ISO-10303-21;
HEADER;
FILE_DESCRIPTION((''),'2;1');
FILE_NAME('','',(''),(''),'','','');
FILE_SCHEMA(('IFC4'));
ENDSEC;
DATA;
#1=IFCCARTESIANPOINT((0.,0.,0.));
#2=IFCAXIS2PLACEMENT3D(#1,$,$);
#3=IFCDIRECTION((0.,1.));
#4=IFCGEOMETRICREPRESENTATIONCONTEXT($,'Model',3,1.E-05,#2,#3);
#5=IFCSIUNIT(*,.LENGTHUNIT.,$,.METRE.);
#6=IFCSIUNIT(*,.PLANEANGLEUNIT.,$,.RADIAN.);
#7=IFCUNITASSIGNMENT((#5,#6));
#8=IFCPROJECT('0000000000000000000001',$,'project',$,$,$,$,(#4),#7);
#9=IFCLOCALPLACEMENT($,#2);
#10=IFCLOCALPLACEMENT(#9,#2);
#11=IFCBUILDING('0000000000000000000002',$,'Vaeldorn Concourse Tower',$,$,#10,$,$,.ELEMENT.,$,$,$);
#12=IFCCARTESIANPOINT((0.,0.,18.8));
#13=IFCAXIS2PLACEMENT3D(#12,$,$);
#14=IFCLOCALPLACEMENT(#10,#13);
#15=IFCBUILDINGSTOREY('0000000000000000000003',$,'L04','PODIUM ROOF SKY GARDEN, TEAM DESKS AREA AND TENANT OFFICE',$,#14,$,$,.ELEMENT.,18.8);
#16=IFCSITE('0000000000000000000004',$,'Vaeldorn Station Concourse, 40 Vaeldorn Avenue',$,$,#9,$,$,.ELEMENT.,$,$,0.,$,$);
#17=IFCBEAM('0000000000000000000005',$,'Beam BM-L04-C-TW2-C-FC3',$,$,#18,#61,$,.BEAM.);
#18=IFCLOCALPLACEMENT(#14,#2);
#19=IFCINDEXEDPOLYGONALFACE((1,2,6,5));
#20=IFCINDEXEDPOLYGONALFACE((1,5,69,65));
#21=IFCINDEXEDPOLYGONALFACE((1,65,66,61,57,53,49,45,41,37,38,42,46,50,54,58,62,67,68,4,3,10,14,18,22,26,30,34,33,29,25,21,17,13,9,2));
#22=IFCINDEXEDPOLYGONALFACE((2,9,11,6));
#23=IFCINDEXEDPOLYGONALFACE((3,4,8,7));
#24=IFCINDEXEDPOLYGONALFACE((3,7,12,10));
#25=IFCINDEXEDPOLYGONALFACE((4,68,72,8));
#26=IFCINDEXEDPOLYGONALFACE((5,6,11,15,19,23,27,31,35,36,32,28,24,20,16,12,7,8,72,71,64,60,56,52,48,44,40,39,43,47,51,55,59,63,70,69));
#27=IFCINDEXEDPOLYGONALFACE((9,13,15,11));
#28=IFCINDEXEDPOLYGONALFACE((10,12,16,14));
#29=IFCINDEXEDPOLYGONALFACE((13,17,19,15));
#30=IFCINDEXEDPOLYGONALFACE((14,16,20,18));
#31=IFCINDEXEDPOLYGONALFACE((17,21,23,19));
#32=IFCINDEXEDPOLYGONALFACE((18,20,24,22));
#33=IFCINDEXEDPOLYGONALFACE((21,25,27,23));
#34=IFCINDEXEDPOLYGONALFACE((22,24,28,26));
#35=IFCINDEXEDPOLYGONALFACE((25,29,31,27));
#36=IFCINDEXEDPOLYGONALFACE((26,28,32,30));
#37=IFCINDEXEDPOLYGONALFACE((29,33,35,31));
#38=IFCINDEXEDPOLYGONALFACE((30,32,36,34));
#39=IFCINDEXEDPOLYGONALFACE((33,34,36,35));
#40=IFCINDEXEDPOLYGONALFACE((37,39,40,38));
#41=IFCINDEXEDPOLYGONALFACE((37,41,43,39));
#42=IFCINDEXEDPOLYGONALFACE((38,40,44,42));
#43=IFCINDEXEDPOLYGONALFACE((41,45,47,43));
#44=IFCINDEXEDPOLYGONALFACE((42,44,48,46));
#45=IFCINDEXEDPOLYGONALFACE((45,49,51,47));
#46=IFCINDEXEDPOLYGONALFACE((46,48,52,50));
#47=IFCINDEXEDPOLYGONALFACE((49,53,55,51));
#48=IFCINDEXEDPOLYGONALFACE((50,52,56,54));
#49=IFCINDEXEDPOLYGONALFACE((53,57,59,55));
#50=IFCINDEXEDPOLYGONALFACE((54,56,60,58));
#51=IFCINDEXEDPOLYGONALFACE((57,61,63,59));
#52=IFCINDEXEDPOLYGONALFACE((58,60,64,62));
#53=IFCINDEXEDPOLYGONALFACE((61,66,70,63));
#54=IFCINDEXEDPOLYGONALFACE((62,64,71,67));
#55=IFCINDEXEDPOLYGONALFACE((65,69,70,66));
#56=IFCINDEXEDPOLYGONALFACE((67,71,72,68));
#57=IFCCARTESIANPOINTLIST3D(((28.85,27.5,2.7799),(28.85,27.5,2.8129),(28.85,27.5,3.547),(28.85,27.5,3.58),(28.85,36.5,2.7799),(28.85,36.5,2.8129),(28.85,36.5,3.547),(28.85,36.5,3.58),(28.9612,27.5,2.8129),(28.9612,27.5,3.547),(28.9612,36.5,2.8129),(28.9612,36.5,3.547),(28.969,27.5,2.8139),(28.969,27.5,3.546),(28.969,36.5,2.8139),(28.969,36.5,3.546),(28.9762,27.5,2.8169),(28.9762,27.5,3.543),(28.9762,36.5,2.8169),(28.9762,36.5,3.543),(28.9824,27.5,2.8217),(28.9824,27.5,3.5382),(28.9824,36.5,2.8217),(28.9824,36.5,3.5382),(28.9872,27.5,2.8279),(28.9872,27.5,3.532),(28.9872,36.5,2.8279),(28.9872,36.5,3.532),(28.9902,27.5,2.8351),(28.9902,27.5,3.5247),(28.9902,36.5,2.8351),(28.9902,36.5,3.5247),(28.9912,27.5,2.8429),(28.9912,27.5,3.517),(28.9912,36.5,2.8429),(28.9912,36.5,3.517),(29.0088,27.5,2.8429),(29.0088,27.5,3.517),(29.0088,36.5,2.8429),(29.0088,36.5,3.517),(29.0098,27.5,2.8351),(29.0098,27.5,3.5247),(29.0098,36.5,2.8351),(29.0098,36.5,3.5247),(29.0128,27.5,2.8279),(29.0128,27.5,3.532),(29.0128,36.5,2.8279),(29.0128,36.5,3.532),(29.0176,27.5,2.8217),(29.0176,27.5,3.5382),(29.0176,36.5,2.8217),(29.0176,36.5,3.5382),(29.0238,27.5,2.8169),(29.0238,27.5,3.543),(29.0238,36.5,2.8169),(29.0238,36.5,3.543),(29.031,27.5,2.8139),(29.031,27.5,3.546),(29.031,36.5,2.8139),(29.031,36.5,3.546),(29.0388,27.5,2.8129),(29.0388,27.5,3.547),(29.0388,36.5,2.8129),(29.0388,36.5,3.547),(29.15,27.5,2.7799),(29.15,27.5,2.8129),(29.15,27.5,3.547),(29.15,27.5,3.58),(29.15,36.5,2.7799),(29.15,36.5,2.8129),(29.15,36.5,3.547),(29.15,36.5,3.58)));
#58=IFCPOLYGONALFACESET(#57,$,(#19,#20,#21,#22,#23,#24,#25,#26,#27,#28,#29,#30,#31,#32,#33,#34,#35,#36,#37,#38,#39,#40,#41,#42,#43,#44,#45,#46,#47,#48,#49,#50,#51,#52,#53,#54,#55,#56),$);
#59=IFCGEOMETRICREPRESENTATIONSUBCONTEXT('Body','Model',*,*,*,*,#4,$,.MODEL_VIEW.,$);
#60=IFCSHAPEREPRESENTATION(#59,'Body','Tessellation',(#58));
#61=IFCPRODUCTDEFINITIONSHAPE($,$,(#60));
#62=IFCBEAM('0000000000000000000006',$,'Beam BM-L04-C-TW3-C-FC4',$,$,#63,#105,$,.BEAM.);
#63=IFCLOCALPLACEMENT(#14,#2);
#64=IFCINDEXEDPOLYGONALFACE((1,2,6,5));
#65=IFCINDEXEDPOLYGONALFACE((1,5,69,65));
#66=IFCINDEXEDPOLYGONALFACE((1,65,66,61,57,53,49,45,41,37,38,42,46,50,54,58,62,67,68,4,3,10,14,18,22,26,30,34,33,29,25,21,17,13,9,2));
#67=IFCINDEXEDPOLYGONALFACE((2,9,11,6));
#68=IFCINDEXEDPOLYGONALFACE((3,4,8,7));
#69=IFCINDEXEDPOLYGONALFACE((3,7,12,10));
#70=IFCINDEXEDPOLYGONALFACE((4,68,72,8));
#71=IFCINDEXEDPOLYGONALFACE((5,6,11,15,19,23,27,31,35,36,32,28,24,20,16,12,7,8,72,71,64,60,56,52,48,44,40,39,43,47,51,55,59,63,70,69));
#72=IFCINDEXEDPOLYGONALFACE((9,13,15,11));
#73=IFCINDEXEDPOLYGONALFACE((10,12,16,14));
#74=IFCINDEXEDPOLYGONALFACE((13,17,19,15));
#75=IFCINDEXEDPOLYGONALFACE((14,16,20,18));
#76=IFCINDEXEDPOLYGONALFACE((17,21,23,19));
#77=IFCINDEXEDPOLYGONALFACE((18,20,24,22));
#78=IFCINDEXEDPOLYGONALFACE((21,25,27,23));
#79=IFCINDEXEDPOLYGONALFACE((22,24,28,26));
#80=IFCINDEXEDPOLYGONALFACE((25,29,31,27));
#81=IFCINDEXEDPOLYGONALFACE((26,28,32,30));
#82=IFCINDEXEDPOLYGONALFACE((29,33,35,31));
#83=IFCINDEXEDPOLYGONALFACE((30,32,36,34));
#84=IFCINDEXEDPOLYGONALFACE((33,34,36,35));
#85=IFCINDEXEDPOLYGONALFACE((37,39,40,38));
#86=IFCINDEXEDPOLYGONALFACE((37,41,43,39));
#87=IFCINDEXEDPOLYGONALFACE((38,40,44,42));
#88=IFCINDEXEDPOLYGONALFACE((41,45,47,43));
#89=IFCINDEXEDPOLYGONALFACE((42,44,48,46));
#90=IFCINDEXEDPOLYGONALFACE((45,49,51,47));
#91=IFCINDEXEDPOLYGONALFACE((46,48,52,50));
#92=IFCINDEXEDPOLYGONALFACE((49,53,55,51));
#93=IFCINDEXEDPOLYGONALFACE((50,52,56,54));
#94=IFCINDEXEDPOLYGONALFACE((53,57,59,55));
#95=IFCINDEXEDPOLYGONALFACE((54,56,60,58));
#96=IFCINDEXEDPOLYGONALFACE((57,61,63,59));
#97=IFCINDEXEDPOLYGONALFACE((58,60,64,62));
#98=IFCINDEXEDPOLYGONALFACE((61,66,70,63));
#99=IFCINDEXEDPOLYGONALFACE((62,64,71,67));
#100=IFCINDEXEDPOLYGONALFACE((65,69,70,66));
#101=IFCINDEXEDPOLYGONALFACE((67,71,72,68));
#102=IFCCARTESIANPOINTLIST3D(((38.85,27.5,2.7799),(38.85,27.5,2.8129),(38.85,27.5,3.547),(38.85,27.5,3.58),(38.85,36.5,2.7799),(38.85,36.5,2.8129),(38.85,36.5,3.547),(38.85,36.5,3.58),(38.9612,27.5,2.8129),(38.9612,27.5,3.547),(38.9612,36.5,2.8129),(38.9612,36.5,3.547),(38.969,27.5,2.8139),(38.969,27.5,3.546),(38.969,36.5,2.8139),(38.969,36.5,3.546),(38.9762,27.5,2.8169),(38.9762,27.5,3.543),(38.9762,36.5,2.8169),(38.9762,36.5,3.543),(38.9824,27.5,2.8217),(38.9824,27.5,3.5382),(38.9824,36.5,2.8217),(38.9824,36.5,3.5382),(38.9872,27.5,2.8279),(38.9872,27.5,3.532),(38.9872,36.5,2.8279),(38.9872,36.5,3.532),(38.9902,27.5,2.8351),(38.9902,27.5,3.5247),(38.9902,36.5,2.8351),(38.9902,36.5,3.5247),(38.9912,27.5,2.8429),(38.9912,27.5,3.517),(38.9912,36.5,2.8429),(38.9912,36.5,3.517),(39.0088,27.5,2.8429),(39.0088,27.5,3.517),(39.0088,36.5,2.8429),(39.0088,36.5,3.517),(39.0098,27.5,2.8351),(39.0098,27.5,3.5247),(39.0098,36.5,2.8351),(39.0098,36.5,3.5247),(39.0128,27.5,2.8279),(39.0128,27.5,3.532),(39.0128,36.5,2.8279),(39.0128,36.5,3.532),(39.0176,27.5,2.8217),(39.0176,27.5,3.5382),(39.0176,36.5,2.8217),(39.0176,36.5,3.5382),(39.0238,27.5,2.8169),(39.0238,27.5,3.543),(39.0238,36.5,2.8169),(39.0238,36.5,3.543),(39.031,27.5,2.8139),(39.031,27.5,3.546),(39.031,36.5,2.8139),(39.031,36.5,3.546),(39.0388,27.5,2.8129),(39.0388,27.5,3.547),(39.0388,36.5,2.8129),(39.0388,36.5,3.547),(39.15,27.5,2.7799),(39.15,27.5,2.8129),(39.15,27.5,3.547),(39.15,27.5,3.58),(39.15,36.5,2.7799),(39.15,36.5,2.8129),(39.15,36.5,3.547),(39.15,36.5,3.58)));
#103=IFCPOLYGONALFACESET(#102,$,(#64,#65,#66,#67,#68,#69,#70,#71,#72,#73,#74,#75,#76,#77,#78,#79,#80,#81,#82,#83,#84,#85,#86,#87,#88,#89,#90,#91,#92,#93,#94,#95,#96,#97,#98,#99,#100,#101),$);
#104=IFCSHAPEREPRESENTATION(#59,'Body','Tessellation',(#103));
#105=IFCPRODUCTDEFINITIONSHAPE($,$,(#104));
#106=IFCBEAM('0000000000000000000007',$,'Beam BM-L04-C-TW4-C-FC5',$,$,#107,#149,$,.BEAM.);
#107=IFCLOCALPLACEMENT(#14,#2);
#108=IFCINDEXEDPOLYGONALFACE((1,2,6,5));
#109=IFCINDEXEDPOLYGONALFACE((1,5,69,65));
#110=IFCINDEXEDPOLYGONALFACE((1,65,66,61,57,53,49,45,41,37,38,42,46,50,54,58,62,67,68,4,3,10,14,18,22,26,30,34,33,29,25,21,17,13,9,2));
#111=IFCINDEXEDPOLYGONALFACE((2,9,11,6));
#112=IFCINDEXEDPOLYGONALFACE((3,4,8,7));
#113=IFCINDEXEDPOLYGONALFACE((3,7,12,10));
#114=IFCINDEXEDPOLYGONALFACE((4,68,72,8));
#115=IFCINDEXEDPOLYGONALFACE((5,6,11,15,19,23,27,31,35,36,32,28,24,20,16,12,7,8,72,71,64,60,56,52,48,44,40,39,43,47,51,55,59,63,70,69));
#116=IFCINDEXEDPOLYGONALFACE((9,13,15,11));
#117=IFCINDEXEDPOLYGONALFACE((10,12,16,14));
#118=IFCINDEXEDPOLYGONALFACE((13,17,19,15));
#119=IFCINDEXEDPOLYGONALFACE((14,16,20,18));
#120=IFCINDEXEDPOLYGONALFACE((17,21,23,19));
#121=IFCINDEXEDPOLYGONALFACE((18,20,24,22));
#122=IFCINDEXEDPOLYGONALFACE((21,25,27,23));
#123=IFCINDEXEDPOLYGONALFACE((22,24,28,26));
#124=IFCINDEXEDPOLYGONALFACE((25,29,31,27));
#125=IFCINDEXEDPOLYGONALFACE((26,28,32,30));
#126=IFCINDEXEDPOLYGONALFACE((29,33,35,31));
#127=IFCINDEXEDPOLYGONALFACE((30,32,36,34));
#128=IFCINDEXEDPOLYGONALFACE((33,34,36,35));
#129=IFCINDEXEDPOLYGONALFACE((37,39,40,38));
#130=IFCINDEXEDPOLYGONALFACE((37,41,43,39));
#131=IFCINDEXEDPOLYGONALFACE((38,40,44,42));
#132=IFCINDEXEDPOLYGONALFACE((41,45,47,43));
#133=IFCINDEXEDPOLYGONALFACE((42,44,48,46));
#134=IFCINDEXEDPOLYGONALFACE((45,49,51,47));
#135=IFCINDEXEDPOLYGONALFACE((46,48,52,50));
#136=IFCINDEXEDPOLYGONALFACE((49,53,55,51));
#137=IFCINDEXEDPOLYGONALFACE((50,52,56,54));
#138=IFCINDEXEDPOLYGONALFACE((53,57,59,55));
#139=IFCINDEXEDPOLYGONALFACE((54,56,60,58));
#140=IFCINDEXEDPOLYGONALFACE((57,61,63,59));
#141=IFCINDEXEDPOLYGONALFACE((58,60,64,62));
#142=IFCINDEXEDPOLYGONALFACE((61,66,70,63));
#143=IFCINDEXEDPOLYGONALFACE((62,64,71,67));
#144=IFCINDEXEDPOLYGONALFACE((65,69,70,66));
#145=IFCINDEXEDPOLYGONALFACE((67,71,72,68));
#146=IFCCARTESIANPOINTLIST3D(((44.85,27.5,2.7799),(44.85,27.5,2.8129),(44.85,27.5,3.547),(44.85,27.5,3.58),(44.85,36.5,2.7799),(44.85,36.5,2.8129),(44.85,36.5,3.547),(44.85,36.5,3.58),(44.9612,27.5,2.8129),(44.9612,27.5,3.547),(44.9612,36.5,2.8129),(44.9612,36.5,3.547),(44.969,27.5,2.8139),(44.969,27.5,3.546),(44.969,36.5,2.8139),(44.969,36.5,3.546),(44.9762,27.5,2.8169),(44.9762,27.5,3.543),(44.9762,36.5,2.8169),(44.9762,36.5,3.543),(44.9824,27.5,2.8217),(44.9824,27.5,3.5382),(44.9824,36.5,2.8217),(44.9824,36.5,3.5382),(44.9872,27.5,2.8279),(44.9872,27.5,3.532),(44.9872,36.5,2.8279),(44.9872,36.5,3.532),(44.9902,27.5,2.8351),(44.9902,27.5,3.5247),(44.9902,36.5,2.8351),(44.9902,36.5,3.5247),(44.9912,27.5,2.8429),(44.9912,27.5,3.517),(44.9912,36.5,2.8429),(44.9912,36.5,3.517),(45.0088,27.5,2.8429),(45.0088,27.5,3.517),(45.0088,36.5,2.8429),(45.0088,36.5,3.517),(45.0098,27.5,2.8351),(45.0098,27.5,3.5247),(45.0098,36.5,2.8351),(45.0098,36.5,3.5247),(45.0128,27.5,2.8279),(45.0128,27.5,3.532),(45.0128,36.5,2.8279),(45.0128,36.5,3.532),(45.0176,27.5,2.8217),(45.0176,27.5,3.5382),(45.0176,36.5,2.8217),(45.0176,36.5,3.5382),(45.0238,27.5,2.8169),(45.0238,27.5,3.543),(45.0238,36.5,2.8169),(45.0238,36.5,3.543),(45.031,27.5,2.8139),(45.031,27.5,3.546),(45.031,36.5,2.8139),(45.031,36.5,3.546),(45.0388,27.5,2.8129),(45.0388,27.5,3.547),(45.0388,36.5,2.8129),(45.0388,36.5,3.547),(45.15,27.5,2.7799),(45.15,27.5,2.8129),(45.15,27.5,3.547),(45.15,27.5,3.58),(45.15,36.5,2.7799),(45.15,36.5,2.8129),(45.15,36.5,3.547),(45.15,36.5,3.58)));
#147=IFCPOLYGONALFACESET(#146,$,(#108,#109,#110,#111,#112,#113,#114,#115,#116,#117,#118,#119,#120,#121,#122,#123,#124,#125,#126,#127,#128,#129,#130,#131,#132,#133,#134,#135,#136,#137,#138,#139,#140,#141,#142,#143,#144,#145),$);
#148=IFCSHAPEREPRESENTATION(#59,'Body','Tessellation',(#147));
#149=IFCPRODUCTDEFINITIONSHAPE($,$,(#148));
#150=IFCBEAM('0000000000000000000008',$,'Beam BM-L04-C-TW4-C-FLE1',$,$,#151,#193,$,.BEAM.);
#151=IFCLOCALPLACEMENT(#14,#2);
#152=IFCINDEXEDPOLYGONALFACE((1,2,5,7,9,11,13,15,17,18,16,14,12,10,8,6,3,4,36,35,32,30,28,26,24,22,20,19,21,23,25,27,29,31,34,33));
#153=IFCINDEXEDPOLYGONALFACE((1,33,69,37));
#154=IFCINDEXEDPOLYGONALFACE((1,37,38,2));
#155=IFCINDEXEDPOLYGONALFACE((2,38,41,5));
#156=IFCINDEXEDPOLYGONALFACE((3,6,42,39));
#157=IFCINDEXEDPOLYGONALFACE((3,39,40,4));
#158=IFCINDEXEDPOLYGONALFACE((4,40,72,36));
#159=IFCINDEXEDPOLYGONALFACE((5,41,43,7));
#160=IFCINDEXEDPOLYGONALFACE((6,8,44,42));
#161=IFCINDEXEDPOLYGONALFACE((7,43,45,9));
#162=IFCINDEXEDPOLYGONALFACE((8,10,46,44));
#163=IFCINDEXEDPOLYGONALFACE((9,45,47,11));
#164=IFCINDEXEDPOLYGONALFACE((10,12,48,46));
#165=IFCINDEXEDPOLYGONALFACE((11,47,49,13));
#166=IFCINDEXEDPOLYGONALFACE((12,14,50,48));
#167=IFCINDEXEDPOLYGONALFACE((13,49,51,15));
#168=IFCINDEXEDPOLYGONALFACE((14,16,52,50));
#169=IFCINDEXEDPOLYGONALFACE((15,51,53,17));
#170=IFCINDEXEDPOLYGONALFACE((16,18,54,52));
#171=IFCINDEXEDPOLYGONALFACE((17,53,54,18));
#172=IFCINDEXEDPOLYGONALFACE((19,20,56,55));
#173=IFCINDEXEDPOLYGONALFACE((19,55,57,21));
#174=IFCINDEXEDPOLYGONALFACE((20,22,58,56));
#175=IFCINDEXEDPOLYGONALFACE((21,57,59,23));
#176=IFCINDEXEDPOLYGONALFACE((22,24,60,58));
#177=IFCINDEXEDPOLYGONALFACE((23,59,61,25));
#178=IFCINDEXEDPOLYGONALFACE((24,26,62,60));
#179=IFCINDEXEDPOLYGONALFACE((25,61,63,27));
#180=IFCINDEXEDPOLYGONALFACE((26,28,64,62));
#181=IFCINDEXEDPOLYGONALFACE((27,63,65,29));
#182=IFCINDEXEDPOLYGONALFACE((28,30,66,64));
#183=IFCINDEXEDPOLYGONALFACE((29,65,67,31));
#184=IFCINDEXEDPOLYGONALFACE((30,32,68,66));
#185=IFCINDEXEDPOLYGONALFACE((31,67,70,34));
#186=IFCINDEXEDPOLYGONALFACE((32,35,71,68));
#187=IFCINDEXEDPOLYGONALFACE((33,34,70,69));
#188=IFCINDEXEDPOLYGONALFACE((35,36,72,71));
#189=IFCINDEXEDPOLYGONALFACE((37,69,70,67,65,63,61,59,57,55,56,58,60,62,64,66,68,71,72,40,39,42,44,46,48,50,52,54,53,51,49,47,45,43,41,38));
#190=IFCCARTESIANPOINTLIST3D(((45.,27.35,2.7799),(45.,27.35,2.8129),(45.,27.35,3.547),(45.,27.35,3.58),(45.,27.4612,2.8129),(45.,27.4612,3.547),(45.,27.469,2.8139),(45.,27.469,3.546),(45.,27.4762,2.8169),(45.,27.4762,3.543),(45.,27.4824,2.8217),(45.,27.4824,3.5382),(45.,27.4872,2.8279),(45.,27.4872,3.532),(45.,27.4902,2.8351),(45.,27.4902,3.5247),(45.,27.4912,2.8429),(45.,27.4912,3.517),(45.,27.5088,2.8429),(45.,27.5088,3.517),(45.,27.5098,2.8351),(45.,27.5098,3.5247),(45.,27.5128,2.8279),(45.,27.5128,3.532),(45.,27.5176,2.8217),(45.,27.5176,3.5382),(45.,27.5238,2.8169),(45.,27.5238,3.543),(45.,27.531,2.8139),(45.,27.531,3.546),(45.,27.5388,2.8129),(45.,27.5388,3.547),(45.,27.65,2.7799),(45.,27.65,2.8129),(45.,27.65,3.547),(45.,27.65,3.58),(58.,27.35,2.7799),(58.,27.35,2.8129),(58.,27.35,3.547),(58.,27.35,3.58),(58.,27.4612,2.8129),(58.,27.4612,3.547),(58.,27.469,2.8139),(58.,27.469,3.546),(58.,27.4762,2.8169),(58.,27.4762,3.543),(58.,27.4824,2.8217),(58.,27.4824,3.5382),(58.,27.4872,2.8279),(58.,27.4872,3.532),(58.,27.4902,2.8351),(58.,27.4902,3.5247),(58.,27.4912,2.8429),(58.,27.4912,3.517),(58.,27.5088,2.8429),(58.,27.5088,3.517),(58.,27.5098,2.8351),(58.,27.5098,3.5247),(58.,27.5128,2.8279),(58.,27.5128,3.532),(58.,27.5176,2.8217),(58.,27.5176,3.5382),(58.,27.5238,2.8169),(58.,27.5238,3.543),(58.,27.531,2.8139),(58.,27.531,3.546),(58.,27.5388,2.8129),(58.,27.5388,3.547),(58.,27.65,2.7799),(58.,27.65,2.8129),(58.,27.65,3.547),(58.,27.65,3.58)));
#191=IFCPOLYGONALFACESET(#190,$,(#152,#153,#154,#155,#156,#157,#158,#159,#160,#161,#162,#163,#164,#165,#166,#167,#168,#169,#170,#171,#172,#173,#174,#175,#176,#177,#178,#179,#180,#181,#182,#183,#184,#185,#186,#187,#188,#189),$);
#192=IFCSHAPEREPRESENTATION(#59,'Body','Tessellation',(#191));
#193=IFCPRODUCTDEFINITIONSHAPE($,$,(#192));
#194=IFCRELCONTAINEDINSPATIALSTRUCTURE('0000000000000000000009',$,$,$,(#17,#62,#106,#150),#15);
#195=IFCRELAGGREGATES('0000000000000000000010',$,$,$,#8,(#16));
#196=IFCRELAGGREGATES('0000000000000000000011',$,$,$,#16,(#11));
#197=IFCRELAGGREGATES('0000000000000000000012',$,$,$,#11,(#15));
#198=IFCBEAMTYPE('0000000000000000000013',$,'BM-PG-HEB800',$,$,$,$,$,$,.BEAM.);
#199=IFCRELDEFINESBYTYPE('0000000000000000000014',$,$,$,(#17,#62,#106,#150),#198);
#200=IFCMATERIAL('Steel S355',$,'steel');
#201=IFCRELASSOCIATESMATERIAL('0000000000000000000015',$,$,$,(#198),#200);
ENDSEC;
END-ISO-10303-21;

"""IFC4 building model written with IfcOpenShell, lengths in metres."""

from ifc_helpers import new_model, si_unit, direction, frame, origin, origin_2d, place, context, subcontext, project, spatial, i_section, extrude, source, transform, mapped, material, material_profile, profile_set, type_object, element, save


model = new_model("IFC4")

# Units and contexts
model_context = context("Model", 3, precision=1e-05, world=origin(), true_north=direction((0.0, 1.0)))
body_context = subcontext(model_context, "Body", "Model", "MODEL_VIEW")
ifc_project = project(units=[si_unit("LENGTHUNIT", "METRE"), si_unit("PLANEANGLEUNIT", "RADIAN")], contexts=[model_context])

# Site, building, storey
site_placement = place(None, origin())
site = spatial("IfcSite", under=ifc_project, at=site_placement, Name="Vaeldorn Station Concourse, 40 Vaeldorn Avenue", CompositionType="ELEMENT", RefElevation=0.0)
building_placement = place(site_placement, origin())
building = spatial("IfcBuilding", under=site, at=building_placement, Name="Vaeldorn Concourse Tower", CompositionType="ELEMENT")
storey_placement = place(building_placement, frame((0.0, 0.0, 18.8)))
storey = spatial("IfcBuildingStorey", under=building, at=storey_placement, Name="L04", Description="PODIUM ROOF SKY GARDEN, TEAM DESKS AREA AND TENANT OFFICE", CompositionType="ELEMENT", Elevation=18.8)

# Beams
ifc_material_1 = material(Name="Steel S355", Category="steel")
ifc_material_profile_1 = material_profile(ifc_material_1, i_section(OverallWidth=0.3, OverallDepth=0.8, WebThickness=0.0176, FlangeThickness=0.033, FilletRadius=0.03, at=origin_2d()), Name="HEB 800")
ifc_profile_set_1 = profile_set([ifc_material_profile_1], Name="Steel S355")
beam_type_1 = type_object("IfcBeamType", Name="BM-PG-HEB800", PredefinedType="BEAM", material=ifc_profile_set_1)
shared_shape_1 = source(origin(), body_context, "Body", "SweptSolid", [
    extrude(i_section(OverallWidth=0.3, OverallDepth=0.8, WebThickness=0.0176, FlangeThickness=0.033, FilletRadius=0.03, at=origin_2d()), origin(), (0.0, 0.0, 1.0), 9.0),
])
for number, where, z_axis, x_axis, name in (
    (1, (29.0, 27.5, 3.1799), (0.0, 1.0, 0.0), (-1.0, 0.0, 0.0), "Beam BM-L04-C-TW2-C-FC3"),
    (2, (39.0, 27.5, 3.1799), (0.0, 1.0, 0.0), (-1.0, 0.0, 0.0), "Beam BM-L04-C-TW3-C-FC4"),
    (3, (45.0, 27.5, 3.1799), (0.0, 1.0, 0.0), (-1.0, 0.0, 0.0), "Beam BM-L04-C-TW4-C-FC5"),
):
    element("IfcBeam", number, at=place(storey_placement, frame(where, z_axis=z_axis, x_axis=x_axis)), inside=storey, type_object=beam_type_1, Name=name, PredefinedType="BEAM", context=body_context, shape_type="MappedRepresentation", body=[
        mapped(shared_shape_1, transform((0.0, 0.0, 0.0), scale=1.0)),
    ])
shared_shape_2 = source(origin(), body_context, "Body", "SweptSolid", [
    extrude(i_section(OverallWidth=0.3, OverallDepth=0.8, WebThickness=0.0176, FlangeThickness=0.033, FilletRadius=0.03, at=origin_2d()), origin(), (0.0, 0.0, 1.0), 13.0),
])
beam_1_placement = place(storey_placement, frame((45.0, 27.5, 3.1799), z_axis=(1.0, 0.0, 0.0), x_axis=(0.0, 1.0, 0.0)))
element("IfcBeam", 4, at=beam_1_placement, inside=storey, type_object=beam_type_1, Name="Beam BM-L04-C-TW4-C-FLE1", PredefinedType="BEAM", context=body_context, shape_type="MappedRepresentation", body=[
    mapped(shared_shape_2, transform((0.0, 0.0, 0.0), scale=1.0)),
])

save(model, "model.ifc")
